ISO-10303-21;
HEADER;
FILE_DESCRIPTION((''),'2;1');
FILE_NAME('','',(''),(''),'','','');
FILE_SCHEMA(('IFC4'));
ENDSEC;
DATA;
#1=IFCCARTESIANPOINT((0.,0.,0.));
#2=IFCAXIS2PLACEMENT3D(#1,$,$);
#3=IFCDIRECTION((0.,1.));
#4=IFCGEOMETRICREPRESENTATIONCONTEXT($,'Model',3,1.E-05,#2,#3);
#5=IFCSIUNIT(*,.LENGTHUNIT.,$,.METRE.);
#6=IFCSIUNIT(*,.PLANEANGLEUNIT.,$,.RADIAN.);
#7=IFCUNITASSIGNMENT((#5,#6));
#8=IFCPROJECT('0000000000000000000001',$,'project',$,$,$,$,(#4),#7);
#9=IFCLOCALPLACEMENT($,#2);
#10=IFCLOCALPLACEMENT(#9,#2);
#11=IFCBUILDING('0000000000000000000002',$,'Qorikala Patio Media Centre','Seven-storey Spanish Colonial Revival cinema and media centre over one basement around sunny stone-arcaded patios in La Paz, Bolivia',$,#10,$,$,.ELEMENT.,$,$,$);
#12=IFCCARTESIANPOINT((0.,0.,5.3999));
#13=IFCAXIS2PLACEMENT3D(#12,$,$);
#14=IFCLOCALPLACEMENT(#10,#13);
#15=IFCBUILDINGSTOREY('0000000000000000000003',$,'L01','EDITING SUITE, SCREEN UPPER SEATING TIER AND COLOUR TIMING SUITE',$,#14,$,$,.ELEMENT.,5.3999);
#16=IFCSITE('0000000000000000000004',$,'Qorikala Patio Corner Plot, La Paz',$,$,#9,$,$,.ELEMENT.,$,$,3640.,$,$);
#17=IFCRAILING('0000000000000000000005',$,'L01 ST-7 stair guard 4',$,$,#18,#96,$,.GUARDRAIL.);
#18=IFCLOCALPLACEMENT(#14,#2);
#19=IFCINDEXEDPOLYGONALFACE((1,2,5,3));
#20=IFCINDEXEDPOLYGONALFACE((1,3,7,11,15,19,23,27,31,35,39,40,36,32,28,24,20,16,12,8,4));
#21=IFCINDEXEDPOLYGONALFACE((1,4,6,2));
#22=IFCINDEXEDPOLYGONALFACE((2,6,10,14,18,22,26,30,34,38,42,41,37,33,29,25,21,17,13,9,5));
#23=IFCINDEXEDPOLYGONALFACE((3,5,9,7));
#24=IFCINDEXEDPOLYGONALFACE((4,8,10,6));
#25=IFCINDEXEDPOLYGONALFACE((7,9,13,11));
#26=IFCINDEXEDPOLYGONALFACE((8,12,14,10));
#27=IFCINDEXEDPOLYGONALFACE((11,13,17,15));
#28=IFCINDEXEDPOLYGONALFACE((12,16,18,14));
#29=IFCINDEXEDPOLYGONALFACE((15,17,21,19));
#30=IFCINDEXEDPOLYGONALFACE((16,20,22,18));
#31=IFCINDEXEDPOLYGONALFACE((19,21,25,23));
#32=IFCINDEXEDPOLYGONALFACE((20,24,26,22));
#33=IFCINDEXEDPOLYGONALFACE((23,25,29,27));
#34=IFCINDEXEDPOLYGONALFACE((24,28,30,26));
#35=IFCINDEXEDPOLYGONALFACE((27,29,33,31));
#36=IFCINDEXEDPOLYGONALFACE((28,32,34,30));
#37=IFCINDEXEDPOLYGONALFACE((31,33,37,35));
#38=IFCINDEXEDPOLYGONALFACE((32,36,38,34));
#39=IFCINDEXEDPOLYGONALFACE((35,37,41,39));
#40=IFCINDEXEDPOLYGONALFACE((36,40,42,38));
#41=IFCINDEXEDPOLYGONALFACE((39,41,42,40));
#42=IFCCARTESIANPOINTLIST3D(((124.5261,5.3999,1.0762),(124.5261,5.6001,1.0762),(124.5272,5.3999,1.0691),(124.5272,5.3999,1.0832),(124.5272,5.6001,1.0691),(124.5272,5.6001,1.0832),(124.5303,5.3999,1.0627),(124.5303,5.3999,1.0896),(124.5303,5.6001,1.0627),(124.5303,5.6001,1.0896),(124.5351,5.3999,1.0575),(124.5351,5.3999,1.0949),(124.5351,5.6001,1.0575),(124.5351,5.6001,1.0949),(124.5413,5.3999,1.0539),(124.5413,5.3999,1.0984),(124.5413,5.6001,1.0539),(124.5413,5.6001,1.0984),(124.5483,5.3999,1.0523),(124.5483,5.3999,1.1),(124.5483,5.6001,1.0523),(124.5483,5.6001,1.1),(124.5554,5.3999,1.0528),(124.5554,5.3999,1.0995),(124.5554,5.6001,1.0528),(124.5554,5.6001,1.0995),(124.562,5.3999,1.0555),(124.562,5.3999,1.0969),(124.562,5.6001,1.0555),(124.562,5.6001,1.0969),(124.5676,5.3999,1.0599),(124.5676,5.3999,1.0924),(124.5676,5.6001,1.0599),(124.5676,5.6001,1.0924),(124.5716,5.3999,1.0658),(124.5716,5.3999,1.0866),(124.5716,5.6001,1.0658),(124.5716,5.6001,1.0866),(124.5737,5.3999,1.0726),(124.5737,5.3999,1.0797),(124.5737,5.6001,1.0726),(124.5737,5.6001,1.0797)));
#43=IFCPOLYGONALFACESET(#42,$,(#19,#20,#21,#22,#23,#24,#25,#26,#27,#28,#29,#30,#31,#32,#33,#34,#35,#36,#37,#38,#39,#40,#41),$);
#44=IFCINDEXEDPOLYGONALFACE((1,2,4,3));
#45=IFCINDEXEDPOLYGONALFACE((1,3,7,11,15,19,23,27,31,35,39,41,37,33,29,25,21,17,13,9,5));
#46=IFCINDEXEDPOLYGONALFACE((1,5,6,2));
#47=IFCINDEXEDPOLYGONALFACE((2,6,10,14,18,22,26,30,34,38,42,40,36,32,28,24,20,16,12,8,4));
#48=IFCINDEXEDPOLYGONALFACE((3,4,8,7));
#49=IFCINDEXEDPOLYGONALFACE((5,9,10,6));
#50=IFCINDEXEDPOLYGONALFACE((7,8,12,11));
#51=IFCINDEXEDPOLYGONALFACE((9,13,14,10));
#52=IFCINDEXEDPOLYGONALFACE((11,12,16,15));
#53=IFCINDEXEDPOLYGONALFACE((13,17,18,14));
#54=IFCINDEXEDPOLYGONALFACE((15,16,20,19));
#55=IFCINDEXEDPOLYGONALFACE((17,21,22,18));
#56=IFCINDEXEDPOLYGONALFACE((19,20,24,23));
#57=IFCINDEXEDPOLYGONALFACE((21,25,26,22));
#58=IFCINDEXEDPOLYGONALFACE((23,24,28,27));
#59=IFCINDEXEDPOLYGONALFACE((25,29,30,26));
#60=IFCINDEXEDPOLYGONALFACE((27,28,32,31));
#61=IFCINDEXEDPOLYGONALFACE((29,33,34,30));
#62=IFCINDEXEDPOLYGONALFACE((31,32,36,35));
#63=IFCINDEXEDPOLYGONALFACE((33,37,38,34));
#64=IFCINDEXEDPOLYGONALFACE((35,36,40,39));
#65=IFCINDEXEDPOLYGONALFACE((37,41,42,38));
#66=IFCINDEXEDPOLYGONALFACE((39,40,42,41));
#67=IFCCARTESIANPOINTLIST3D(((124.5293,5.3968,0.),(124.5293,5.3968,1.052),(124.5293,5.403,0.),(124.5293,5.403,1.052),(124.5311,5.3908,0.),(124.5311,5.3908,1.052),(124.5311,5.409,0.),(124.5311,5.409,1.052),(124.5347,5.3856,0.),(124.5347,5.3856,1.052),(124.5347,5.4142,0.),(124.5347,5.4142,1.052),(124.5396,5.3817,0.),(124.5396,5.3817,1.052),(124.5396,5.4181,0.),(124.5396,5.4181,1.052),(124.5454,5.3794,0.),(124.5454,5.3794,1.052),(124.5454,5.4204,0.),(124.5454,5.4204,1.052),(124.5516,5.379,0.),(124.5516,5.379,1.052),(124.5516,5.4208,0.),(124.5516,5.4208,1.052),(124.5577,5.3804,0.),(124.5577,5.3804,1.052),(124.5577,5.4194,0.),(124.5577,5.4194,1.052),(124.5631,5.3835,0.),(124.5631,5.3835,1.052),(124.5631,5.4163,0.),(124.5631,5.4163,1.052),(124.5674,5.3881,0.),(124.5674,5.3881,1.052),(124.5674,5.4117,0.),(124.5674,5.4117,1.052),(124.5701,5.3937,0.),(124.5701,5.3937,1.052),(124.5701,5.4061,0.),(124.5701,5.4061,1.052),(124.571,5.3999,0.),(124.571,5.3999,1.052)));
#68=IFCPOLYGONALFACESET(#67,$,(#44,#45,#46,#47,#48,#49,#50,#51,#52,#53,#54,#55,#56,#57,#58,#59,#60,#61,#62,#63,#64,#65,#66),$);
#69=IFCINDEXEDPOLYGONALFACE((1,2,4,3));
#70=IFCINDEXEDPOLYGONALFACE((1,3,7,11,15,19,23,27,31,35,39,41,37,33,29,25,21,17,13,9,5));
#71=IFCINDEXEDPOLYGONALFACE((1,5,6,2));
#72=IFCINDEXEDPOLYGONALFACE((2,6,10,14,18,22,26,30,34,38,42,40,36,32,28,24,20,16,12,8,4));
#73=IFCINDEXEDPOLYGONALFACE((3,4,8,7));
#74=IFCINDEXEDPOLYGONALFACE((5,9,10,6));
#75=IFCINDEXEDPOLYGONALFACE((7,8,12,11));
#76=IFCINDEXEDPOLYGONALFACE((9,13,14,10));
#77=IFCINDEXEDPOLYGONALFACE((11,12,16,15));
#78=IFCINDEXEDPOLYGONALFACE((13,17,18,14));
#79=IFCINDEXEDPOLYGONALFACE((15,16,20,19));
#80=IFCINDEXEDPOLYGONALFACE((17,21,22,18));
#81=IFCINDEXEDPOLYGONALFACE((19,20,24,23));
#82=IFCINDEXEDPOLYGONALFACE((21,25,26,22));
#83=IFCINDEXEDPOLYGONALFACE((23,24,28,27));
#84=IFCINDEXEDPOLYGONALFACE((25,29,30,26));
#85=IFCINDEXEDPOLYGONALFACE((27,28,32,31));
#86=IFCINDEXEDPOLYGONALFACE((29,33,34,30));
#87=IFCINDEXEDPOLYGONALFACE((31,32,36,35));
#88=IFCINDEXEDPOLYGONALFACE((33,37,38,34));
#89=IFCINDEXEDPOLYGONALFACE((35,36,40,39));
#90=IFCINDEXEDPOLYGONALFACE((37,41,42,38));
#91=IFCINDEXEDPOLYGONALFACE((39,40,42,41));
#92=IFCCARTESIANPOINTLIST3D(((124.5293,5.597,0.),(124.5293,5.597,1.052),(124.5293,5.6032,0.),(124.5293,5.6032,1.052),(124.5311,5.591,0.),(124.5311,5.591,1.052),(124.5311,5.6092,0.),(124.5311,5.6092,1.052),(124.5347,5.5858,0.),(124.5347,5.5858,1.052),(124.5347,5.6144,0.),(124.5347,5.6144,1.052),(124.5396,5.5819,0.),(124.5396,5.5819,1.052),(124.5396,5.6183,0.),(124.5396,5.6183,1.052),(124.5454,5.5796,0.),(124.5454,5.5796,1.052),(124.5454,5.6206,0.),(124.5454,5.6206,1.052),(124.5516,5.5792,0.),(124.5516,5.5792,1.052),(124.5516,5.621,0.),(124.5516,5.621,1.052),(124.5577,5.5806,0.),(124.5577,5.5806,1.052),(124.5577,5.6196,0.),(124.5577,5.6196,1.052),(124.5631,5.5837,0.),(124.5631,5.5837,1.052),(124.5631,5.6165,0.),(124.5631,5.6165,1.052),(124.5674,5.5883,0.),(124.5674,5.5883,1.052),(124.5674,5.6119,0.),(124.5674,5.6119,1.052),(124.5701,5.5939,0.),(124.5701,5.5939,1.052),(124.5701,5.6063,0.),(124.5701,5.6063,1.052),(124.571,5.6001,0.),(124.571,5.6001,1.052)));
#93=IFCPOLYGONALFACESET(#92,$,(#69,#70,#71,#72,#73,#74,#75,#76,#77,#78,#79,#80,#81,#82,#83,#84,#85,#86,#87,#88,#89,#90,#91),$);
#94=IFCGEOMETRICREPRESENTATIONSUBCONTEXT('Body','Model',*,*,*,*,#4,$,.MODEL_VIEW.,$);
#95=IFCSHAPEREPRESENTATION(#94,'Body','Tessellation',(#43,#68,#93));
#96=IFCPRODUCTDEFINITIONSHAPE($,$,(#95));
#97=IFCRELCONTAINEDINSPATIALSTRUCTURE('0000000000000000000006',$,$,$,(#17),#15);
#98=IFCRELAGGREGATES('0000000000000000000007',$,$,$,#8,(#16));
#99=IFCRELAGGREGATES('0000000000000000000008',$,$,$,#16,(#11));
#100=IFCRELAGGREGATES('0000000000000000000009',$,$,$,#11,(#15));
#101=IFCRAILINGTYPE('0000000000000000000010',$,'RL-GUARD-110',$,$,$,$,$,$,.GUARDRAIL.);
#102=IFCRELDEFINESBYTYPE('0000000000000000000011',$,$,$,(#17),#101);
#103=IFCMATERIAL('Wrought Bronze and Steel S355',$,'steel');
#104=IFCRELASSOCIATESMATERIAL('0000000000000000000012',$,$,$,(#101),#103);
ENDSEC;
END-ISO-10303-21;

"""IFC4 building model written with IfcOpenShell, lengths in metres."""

from ifc_helpers import new_model, si_unit, direction, frame, origin, origin_2d, place, context, subcontext, project, spatial, circle, extrude, material, type_object, element, save


model = new_model("IFC4")

# Units and contexts
model_context = context("Model", 3, precision=1e-05, world=origin(), true_north=direction((0.0, 1.0)))
body_context = subcontext(model_context, "Body", "Model", "MODEL_VIEW")
ifc_project = project(units=[si_unit("LENGTHUNIT", "METRE"), si_unit("PLANEANGLEUNIT", "RADIAN")], contexts=[model_context])

# Site, building, storey
site_placement = place(None, origin())
site = spatial("IfcSite", under=ifc_project, at=site_placement, Name="Qorikala Patio Corner Plot, La Paz", CompositionType="ELEMENT", RefElevation=3640.0)
building_placement = place(site_placement, origin())
building = spatial("IfcBuilding", under=site, at=building_placement, Name="Qorikala Patio Media Centre", Description="Seven-storey Spanish Colonial Revival cinema and media centre over one basement around sunny stone-arcaded patios in La Paz, Bolivia", CompositionType="ELEMENT")
storey_placement = place(building_placement, frame((0.0, 0.0, 5.3999)))
storey = spatial("IfcBuildingStorey", under=building, at=storey_placement, Name="L01", Description="EDITING SUITE, SCREEN UPPER SEATING TIER AND COLOUR TIMING SUITE", CompositionType="ELEMENT", Elevation=5.3999)

# Railing
ifc_material_1 = material(Name="Wrought Bronze and Steel S355", Category="steel")
railing_type_1 = type_object("IfcRailingType", Name="RL-GUARD-110", PredefinedType="GUARDRAIL", material=ifc_material_1)
railing_1_placement = place(storey_placement, frame((124.55, 5.3999, 0.0)))
element("IfcRailing", 1, at=railing_1_placement, inside=storey, type_object=railing_type_1, Name="L01 ST-7 stair guard 4", PredefinedType="GUARDRAIL", context=body_context, shape_type="SweptSolid", body=[
    extrude(circle(Radius=0.0239, at=origin_2d()), frame((0.0, 0.0, 1.0762), z_axis=(0.0, 1.0, 0.0), x_axis=(-1.0, 0.0, 0.0)), (0.0, 0.0, 1.0), 0.2002),
    extrude(circle(Radius=0.021, at=origin_2d()), origin(), (0.0, 0.0, 1.0), 1.052),
    extrude(circle(Radius=0.021, at=origin_2d()), frame((0.0, 0.2002, 0.0)), (0.0, 0.0, 1.0), 1.052),
])

save(model, "model.ifc")
